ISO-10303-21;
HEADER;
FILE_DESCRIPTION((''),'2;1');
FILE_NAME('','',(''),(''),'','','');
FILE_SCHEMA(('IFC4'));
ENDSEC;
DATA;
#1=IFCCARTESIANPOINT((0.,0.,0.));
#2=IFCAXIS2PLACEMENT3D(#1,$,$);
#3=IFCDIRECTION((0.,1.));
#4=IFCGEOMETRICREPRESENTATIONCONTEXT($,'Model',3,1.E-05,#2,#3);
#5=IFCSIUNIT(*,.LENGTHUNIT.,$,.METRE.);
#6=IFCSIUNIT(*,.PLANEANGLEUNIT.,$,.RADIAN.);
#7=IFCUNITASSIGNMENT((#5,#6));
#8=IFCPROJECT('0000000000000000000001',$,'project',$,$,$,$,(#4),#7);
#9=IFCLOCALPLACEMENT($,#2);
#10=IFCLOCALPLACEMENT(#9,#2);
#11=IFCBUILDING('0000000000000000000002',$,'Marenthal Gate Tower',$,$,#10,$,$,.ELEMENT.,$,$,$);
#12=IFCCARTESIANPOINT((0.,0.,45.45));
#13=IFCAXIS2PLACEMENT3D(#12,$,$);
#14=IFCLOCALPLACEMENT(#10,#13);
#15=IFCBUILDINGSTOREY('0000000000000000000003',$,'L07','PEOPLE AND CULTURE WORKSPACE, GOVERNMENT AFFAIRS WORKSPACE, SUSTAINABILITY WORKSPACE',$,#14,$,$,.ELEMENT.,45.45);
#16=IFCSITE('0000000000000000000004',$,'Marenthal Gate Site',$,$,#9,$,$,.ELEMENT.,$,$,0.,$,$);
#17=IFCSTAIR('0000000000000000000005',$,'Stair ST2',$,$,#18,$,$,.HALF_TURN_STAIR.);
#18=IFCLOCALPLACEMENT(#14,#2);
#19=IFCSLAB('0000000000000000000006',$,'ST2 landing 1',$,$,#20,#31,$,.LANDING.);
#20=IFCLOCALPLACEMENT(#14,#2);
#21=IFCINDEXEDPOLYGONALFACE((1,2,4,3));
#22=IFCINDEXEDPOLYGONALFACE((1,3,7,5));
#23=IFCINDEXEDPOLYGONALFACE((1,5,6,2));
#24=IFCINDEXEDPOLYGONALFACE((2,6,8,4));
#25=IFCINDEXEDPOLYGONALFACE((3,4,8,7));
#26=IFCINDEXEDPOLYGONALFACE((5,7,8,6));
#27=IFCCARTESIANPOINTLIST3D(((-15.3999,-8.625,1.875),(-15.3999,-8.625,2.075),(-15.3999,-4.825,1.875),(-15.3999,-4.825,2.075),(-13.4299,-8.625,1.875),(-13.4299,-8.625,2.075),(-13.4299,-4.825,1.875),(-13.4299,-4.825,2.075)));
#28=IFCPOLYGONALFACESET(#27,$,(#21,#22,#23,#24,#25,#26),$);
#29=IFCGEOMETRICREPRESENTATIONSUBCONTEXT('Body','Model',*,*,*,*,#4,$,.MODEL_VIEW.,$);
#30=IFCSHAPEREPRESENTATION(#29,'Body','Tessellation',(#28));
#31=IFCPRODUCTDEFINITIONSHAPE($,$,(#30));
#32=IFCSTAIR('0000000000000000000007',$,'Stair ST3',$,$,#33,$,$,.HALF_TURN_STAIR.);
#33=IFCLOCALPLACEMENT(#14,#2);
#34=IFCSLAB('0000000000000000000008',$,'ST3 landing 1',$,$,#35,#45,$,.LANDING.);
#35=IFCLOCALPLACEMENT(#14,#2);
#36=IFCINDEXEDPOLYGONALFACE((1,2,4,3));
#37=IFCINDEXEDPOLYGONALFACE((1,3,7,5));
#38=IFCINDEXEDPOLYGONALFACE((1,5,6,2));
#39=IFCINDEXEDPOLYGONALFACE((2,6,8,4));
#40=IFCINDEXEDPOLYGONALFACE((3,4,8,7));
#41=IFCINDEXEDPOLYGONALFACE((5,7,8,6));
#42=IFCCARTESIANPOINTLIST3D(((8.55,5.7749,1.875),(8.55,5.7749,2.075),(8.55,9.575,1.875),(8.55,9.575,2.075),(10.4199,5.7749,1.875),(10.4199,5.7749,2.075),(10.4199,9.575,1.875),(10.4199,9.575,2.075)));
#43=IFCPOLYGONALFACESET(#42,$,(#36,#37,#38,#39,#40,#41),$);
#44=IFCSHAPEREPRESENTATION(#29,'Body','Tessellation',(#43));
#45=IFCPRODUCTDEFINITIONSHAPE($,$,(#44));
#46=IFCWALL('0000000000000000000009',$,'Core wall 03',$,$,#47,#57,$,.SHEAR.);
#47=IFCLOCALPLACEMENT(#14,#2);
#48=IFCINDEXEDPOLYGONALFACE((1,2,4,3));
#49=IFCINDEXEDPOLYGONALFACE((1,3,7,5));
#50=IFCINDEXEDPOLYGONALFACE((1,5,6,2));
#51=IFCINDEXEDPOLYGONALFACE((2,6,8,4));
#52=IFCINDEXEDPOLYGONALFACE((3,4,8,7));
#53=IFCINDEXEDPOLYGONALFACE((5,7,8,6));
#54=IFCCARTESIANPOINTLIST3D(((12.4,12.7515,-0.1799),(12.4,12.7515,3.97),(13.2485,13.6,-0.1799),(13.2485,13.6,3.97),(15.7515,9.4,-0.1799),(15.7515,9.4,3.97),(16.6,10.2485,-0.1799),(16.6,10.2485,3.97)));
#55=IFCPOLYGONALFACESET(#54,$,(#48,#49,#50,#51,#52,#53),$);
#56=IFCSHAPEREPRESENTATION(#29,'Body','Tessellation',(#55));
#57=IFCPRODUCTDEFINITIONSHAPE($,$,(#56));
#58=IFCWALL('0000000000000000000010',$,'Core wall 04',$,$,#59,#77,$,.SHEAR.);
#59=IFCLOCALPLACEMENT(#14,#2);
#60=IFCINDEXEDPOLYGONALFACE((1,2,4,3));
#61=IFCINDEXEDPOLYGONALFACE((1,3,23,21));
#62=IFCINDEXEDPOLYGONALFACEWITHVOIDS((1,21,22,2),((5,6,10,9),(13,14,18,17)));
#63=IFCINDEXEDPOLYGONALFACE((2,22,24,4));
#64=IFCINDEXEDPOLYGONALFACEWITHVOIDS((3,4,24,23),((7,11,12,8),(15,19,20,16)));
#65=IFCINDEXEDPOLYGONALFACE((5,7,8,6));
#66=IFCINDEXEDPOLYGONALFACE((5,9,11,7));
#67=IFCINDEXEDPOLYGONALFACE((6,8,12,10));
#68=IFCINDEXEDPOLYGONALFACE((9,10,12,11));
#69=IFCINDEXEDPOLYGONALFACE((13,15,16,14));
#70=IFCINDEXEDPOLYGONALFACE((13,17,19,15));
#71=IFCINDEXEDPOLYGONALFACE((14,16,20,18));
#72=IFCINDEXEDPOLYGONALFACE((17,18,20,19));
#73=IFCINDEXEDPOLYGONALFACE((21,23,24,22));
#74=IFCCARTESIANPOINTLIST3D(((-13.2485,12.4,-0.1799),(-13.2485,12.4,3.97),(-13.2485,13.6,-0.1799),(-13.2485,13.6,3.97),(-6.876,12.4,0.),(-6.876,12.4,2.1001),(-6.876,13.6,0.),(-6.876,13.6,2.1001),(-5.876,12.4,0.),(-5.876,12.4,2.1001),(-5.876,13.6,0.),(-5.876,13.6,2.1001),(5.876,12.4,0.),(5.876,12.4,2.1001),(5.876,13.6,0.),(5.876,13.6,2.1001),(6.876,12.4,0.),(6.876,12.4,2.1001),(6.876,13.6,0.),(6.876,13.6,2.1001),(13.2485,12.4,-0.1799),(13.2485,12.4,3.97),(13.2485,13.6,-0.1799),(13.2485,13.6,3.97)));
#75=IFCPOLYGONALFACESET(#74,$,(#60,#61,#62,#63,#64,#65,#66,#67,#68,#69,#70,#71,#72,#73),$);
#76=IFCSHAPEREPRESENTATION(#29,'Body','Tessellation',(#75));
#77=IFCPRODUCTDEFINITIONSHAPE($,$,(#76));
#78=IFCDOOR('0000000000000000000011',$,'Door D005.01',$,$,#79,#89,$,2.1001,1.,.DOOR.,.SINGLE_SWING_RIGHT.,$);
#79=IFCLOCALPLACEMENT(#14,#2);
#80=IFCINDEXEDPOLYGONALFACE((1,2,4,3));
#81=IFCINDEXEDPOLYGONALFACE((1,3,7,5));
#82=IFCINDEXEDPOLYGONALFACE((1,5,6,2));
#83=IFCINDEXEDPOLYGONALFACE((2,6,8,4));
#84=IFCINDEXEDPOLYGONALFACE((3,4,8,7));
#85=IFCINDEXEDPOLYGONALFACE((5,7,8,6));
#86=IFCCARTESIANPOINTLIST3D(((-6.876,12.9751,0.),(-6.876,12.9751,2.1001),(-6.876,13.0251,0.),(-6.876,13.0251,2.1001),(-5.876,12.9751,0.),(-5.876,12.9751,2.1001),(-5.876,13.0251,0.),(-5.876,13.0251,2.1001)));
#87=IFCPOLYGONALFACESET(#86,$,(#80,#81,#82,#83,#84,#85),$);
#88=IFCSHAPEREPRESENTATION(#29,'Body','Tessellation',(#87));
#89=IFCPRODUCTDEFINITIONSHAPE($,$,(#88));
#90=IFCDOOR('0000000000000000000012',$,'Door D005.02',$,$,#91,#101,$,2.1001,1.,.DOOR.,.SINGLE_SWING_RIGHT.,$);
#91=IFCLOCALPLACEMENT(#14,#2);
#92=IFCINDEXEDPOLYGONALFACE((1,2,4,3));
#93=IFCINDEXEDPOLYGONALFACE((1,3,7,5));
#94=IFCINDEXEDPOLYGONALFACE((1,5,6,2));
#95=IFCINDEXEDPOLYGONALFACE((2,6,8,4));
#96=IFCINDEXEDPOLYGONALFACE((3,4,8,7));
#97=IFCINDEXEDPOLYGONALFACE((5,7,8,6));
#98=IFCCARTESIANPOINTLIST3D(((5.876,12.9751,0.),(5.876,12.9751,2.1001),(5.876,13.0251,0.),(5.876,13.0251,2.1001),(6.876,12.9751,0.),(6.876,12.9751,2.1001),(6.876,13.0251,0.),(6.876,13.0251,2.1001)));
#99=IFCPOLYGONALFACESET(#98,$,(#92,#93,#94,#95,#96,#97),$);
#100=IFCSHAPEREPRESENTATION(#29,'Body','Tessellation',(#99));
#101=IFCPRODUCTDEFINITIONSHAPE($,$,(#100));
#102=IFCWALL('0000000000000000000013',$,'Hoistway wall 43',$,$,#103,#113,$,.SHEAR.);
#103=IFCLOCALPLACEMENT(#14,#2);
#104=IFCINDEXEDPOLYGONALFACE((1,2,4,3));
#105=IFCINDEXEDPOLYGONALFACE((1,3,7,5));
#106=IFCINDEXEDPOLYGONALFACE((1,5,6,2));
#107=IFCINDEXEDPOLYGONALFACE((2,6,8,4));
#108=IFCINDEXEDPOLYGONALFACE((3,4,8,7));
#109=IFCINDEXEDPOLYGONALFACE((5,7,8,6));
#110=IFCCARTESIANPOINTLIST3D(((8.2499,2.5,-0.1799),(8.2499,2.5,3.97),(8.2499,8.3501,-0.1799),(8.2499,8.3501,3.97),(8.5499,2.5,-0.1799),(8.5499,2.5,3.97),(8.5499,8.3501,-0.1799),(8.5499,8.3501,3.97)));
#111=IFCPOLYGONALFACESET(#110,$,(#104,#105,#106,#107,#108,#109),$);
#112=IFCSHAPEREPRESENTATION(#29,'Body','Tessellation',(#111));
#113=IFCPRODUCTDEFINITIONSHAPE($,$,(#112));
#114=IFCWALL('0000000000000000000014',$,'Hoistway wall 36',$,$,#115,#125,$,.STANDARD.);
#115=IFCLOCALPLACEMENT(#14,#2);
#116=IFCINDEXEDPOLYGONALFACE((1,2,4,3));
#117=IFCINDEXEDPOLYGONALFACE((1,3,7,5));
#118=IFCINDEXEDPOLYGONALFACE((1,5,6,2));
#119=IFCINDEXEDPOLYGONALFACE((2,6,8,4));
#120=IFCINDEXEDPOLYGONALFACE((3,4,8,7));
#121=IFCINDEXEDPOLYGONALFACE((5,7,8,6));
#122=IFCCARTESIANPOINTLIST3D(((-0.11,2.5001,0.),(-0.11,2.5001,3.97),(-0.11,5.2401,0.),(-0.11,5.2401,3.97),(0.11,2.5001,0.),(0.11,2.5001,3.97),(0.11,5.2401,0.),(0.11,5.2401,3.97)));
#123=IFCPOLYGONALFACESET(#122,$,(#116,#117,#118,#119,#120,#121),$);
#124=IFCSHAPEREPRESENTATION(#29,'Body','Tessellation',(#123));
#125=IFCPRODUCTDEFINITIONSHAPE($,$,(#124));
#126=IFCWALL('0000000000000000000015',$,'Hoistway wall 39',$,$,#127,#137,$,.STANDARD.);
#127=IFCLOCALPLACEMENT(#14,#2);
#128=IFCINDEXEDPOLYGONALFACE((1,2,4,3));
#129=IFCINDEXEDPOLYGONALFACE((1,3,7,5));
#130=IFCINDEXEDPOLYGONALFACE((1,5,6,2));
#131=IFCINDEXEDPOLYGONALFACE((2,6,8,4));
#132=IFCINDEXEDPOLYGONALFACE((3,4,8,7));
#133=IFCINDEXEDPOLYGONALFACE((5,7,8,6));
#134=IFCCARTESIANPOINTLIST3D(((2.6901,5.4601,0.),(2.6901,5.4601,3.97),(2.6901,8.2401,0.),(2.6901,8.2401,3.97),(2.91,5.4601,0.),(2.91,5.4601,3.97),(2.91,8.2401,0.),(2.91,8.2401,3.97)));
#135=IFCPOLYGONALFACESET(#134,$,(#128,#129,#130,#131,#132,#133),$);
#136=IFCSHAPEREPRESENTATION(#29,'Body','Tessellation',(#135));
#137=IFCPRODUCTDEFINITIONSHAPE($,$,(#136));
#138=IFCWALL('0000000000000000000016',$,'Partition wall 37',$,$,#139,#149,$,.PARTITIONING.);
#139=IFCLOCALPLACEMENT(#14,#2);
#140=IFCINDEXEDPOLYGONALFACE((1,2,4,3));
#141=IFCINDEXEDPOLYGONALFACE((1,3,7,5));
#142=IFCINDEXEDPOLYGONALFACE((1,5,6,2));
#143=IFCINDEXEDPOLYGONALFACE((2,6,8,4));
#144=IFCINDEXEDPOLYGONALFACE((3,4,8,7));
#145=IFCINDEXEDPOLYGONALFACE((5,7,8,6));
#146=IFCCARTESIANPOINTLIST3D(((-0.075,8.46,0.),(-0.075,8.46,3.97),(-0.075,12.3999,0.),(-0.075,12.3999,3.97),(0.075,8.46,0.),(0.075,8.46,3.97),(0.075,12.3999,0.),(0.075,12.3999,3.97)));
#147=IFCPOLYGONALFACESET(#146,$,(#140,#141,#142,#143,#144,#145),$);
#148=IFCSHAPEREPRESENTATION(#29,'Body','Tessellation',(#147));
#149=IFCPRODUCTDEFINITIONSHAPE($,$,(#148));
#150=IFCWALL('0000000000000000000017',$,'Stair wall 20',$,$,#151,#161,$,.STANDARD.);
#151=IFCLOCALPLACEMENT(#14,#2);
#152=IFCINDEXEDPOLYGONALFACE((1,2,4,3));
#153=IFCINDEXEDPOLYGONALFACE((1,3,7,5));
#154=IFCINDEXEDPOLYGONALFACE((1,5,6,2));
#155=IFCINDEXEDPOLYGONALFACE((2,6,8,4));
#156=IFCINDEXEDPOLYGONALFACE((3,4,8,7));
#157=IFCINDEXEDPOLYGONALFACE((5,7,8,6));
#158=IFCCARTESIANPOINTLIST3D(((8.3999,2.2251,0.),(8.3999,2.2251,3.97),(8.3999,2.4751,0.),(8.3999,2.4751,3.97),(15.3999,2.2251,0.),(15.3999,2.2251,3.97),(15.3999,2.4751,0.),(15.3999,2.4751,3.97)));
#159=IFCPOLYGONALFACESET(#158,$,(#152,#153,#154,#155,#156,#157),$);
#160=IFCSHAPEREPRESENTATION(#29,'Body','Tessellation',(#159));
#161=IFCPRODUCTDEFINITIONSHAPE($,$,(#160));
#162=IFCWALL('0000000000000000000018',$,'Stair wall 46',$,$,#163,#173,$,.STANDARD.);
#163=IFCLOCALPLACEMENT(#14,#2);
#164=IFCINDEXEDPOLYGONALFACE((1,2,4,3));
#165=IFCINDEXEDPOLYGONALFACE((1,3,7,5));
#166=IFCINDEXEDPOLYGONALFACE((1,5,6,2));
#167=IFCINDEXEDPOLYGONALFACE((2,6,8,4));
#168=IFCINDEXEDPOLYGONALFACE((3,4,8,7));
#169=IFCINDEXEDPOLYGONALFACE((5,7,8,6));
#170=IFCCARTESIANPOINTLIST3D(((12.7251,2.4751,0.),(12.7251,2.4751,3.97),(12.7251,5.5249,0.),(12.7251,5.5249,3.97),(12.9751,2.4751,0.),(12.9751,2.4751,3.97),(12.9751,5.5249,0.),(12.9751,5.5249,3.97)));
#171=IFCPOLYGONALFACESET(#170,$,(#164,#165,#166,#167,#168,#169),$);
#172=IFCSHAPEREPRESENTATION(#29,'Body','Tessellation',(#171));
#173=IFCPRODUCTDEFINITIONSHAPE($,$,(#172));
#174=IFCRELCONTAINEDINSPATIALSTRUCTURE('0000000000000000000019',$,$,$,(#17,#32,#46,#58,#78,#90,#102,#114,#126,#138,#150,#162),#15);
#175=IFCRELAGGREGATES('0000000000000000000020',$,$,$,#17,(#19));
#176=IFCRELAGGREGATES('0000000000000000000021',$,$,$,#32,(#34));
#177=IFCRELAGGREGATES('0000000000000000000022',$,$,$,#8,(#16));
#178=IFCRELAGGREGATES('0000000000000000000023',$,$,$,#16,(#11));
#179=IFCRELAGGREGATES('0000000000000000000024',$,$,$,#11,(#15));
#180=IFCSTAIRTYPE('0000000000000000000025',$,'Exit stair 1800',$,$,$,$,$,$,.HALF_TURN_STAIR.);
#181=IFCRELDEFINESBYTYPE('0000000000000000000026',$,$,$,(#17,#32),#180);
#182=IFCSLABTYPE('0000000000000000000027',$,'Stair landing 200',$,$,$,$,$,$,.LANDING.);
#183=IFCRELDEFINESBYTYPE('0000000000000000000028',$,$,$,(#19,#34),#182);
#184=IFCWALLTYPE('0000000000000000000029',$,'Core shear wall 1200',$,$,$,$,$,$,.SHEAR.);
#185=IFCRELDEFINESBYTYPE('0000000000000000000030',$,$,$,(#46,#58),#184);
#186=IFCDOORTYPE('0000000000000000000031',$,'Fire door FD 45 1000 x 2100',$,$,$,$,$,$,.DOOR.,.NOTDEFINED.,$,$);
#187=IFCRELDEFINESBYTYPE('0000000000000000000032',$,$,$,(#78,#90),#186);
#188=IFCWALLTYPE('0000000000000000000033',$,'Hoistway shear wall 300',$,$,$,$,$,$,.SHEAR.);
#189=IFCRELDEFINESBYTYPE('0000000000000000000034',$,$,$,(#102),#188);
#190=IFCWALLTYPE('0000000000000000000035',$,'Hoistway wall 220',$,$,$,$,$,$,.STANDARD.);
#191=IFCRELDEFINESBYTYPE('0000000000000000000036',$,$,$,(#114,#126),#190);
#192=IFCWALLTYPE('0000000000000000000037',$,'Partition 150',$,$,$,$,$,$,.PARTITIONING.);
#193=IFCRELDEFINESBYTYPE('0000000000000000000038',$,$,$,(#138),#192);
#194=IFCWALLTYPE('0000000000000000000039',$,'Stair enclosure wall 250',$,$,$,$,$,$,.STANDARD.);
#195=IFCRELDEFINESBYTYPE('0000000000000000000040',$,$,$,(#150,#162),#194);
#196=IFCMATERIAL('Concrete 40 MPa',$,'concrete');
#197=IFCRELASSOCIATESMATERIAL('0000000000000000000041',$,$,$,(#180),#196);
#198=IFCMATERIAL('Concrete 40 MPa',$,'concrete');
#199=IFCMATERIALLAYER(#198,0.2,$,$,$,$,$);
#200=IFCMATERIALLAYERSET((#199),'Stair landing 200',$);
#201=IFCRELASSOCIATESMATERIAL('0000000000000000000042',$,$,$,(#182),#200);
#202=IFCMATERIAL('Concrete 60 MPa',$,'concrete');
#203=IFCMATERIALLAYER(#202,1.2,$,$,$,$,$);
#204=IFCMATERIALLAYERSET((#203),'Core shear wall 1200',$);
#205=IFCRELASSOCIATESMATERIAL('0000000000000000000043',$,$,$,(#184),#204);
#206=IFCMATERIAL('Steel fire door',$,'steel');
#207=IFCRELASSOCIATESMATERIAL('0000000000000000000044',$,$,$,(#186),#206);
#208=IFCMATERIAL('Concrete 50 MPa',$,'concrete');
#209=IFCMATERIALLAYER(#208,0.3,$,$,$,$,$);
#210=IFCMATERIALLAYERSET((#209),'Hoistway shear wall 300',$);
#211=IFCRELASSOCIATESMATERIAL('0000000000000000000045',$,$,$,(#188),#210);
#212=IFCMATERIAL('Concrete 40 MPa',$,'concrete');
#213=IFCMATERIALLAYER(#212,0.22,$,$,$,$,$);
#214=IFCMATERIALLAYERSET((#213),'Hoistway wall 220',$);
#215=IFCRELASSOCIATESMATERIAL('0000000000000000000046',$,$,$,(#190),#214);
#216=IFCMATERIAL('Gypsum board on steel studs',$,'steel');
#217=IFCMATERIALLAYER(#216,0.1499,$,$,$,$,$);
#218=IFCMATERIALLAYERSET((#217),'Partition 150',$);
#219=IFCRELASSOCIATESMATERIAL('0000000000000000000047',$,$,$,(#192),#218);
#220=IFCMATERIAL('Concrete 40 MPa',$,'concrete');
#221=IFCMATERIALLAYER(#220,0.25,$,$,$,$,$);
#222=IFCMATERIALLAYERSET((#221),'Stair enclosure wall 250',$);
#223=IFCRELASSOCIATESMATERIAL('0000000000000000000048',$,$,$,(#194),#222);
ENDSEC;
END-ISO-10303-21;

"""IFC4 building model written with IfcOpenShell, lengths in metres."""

from ifc_helpers import new_model, si_unit, direction, frame, frame_2d, origin, place, context, subcontext, project, spatial, polyline, rectangle, outline, extrude, material, layer, layer_set, type_object, element, fill, aggregate, save


model = new_model("IFC4")

# Units and contexts
model_context = context("Model", 3, precision=1e-05, world=origin(), true_north=direction((0.0, 1.0)))
body_context = subcontext(model_context, "Body", "Model", "MODEL_VIEW")
ifc_project = project(units=[si_unit("LENGTHUNIT", "METRE"), si_unit("PLANEANGLEUNIT", "RADIAN")], contexts=[model_context])

# Site, building, storey
site_placement = place(None, origin())
site = spatial("IfcSite", under=ifc_project, at=site_placement, Name="Marenthal Gate Site", CompositionType="ELEMENT", RefElevation=0.0)
building_placement = place(site_placement, origin())
building = spatial("IfcBuilding", under=site, at=building_placement, Name="Marenthal Gate Tower", CompositionType="ELEMENT")
storey_placement = place(building_placement, frame((0.0, 0.0, 45.45)))
storey = spatial("IfcBuildingStorey", under=building, at=storey_placement, Name="L07", Description="PEOPLE AND CULTURE WORKSPACE, GOVERNMENT AFFAIRS WORKSPACE, SUSTAINABILITY WORKSPACE", CompositionType="ELEMENT", Elevation=45.45)

# Stairs, slabs
ifc_material_1 = material(Name="Concrete 40 MPa", Category="concrete")
stair_type = type_object("IfcStairType", Name="Exit stair 1800", PredefinedType="HALF_TURN_STAIR", material=ifc_material_1)
ifc_material_2 = material(Name="Concrete 40 MPa", Category="concrete")
ifc_layer_1 = layer(ifc_material_2, 0.2)
ifc_layer_set_1 = layer_set([ifc_layer_1], Name="Stair landing 200")
slab_type_1 = type_object("IfcSlabType", Name="Stair landing 200", PredefinedType="LANDING", material=ifc_layer_set_1)
stair_1_placement = place(storey_placement, origin())
stair_1 = element("IfcStair", 1, at=stair_1_placement, inside=storey, type_object=stair_type, Name="Stair ST2", PredefinedType="HALF_TURN_STAIR")
slab_1_placement = place(storey_placement, frame((0.0, 0.0, 1.875)))
slab_1 = element("IfcSlab", 2, at=slab_1_placement, type_object=slab_type_1, Name="ST2 landing 1", PredefinedType="LANDING", context=body_context, shape_type="SweptSolid", body=[
    extrude(outline(polyline([(-15.3999, -8.625), (-13.4299, -8.625), (-13.4299, -4.825), (-15.3999, -4.825), (-15.3999, -8.625)])), origin(), (0.0, 0.0, 1.0), 0.2),
])
aggregate(stair_1, [slab_1])
stair_2_placement = place(storey_placement, origin())
stair_2 = element("IfcStair", 3, at=stair_2_placement, inside=storey, type_object=stair_type, Name="Stair ST3", PredefinedType="HALF_TURN_STAIR")
slab_2_placement = place(storey_placement, frame((0.0, 0.0, 1.875)))
slab_2 = element("IfcSlab", 4, at=slab_2_placement, type_object=slab_type_1, Name="ST3 landing 1", PredefinedType="LANDING", context=body_context, shape_type="SweptSolid", body=[
    extrude(outline(polyline([(8.55, 5.7749), (10.4199, 5.7749), (10.4199, 9.575), (8.55, 9.575), (8.55, 5.7749)])), origin(), (0.0, 0.0, 1.0), 0.2),
])

# Wall
ifc_material_3 = material(Name="Concrete 60 MPa", Category="concrete")
ifc_layer_2 = layer(ifc_material_3, 1.2)
ifc_layer_set_2 = layer_set([ifc_layer_2], Name="Core shear wall 1200")
wall_type_1 = type_object("IfcWallType", Name="Core shear wall 1200", PredefinedType="SHEAR", material=ifc_layer_set_2)
wall_1_placement = place(storey_placement, frame((16.1758, 9.8242, -0.1799), z_axis=(0.0, 0.0, 1.0), x_axis=(-0.707107, 0.707107, 0.0)))
element("IfcWall", 5, at=wall_1_placement, inside=storey, type_object=wall_type_1, Name="Core wall 03", PredefinedType="SHEAR", context=body_context, shape_type="SweptSolid", body=[
    extrude(rectangle(XDim=4.7397, YDim=1.2, at=frame_2d((2.3699, 0.0))), origin(), (0.0, 0.0, 1.0), 4.1499),
])

# Wall, openings, doors
wall_2_placement = place(storey_placement, frame((13.2485, 13.0, -0.1799), z_axis=(0.0, 0.0, 1.0), x_axis=(-1.0, 0.0, 0.0)))
wall_2 = element("IfcWall", 6, at=wall_2_placement, inside=storey, type_object=wall_type_1, Name="Core wall 04", PredefinedType="SHEAR", context=body_context, shape_type="SweptSolid", body=[
    extrude(rectangle(XDim=26.4971, YDim=1.2, at=frame_2d((13.2485, 0.0))), origin(), (0.0, 0.0, 1.0), 4.1499),
])
opening_1_placement = place(wall_2_placement, frame((19.1245, 0.0, 0.1799)))
opening_1 = element("IfcOpeningElement", 7, at=opening_1_placement, cuts=wall_2, PredefinedType="OPENING", context=body_context, shape_type="SweptSolid", body=[
    extrude(rectangle(XDim=1.0, YDim=2.1001, at=frame_2d((0.5, 1.05))), frame((0.0, 0.6099, 0.0), z_axis=(0.0, -1.0, 0.0), x_axis=(1.0, 0.0, 0.0)), (0.0, 0.0, 1.0), 1.22),
])
opening_2_placement = place(wall_2_placement, frame((6.3726, 0.0, 0.1799)))
opening_2 = element("IfcOpeningElement", 8, at=opening_2_placement, cuts=wall_2, PredefinedType="OPENING", context=body_context, shape_type="SweptSolid", body=[
    extrude(rectangle(XDim=1.0, YDim=2.1001, at=frame_2d((0.5, 1.05))), frame((0.0, 0.6099, 0.0), z_axis=(0.0, -1.0, 0.0), x_axis=(1.0, 0.0, 0.0)), (0.0, 0.0, 1.0), 1.22),
])
ifc_material_4 = material(Name="Steel fire door", Category="steel")
door_type_1 = type_object("IfcDoorType", Name="Fire door FD 45 1000 x 2100", OperationType="NOTDEFINED", PredefinedType="DOOR", material=ifc_material_4)
door_1_placement = place(opening_1_placement, origin())
door_1 = element("IfcDoor", 9, at=door_1_placement, inside=storey, type_object=door_type_1, Name="Door D005.01", OperationType="SINGLE_SWING_RIGHT", OverallHeight=2.1001, OverallWidth=1.0, PredefinedType="DOOR", context=body_context, shape_type="SweptSolid", body=[
    extrude(rectangle(XDim=1.0, YDim=2.1001, at=frame_2d((0.5, 1.05))), frame((0.0, 0.0249, 0.0), z_axis=(0.0, -1.0, 0.0), x_axis=(1.0, 0.0, 0.0)), (0.0, 0.0, 1.0), 0.05),
])
fill(opening_1, door_1)
door_2_placement = place(opening_2_placement, origin())
door_2 = element("IfcDoor", 10, at=door_2_placement, inside=storey, type_object=door_type_1, Name="Door D005.02", OperationType="SINGLE_SWING_RIGHT", OverallHeight=2.1001, OverallWidth=1.0, PredefinedType="DOOR", context=body_context, shape_type="SweptSolid", body=[
    extrude(rectangle(XDim=1.0, YDim=2.1001, at=frame_2d((0.5, 1.05))), frame((0.0, 0.0249, 0.0), z_axis=(0.0, -1.0, 0.0), x_axis=(1.0, 0.0, 0.0)), (0.0, 0.0, 1.0), 0.05),
])
fill(opening_2, door_2)

# Walls
ifc_material_5 = material(Name="Concrete 50 MPa", Category="concrete")
ifc_layer_3 = layer(ifc_material_5, 0.3)
ifc_layer_set_3 = layer_set([ifc_layer_3], Name="Hoistway shear wall 300")
wall_type_2 = type_object("IfcWallType", Name="Hoistway shear wall 300", PredefinedType="SHEAR", material=ifc_layer_set_3)
wall_3_placement = place(storey_placement, frame((8.3999, 2.5, -0.1799), z_axis=(0.0, 0.0, 1.0), x_axis=(0.0, 1.0, 0.0)))
element("IfcWall", 11, at=wall_3_placement, inside=storey, type_object=wall_type_2, Name="Hoistway wall 43", PredefinedType="SHEAR", context=body_context, shape_type="SweptSolid", body=[
    extrude(rectangle(XDim=5.8501, YDim=0.3, at=frame_2d((2.925, 0.0))), origin(), (0.0, 0.0, 1.0), 4.1499),
])
ifc_material_6 = material(Name="Concrete 40 MPa", Category="concrete")
ifc_layer_4 = layer(ifc_material_6, 0.22)
ifc_layer_set_4 = layer_set([ifc_layer_4], Name="Hoistway wall 220")
wall_type_3 = type_object("IfcWallType", Name="Hoistway wall 220", PredefinedType="STANDARD", material=ifc_layer_set_4)
wall_4_placement = place(storey_placement, frame((0.0, 2.5, 0.0), z_axis=(0.0, 0.0, 1.0), x_axis=(0.0, 1.0, 0.0)))
element("IfcWall", 12, at=wall_4_placement, inside=storey, type_object=wall_type_3, Name="Hoistway wall 36", PredefinedType="STANDARD", context=body_context, shape_type="SweptSolid", body=[
    extrude(rectangle(XDim=2.74, YDim=0.22, at=frame_2d((1.3701, 0.0))), origin(), (0.0, 0.0, 1.0), 3.97),
])
wall_5_placement = place(storey_placement, frame((2.8, 5.46, 0.0), z_axis=(0.0, 0.0, 1.0), x_axis=(0.0, 1.0, 0.0)))
element("IfcWall", 13, at=wall_5_placement, inside=storey, type_object=wall_type_3, Name="Hoistway wall 39", PredefinedType="STANDARD", context=body_context, shape_type="SweptSolid", body=[
    extrude(rectangle(XDim=2.78, YDim=0.22, at=frame_2d((1.3901, 0.0))), origin(), (0.0, 0.0, 1.0), 3.97),
])
ifc_material_7 = material(Name="Gypsum board on steel studs", Category="steel")
ifc_layer_5 = layer(ifc_material_7, 0.1499)
ifc_layer_set_5 = layer_set([ifc_layer_5], Name="Partition 150")
wall_type_4 = type_object("IfcWallType", Name="Partition 150", PredefinedType="PARTITIONING", material=ifc_layer_set_5)
wall_6_placement = place(storey_placement, frame((0.0, 8.46, 0.0), z_axis=(0.0, 0.0, 1.0), x_axis=(0.0, 1.0, 0.0)))
element("IfcWall", 14, at=wall_6_placement, inside=storey, type_object=wall_type_4, Name="Partition wall 37", PredefinedType="PARTITIONING", context=body_context, shape_type="SweptSolid", body=[
    extrude(rectangle(XDim=3.9399, YDim=0.1499, at=frame_2d((1.97, 0.0))), origin(), (0.0, 0.0, 1.0), 3.97),
])
ifc_material_8 = material(Name="Concrete 40 MPa", Category="concrete")
ifc_layer_6 = layer(ifc_material_8, 0.25)
ifc_layer_set_6 = layer_set([ifc_layer_6], Name="Stair enclosure wall 250")
wall_type_5 = type_object("IfcWallType", Name="Stair enclosure wall 250", PredefinedType="STANDARD", material=ifc_layer_set_6)
wall_7_placement = place(storey_placement, frame((8.3999, 2.3501, 0.0), z_axis=(0.0, 0.0, 1.0), x_axis=(1.0, 0.0, 0.0)))
element("IfcWall", 15, at=wall_7_placement, inside=storey, type_object=wall_type_5, Name="Stair wall 20", PredefinedType="STANDARD", context=body_context, shape_type="SweptSolid", body=[
    extrude(rectangle(XDim=7.0, YDim=0.25, at=frame_2d((3.5, 0.0))), origin(), (0.0, 0.0, 1.0), 3.97),
])
wall_8_placement = place(storey_placement, frame((12.8501, 2.4751, 0.0), z_axis=(0.0, 0.0, 1.0), x_axis=(0.0, 1.0, 0.0)))
element("IfcWall", 16, at=wall_8_placement, inside=storey, type_object=wall_type_5, Name="Stair wall 46", PredefinedType="STANDARD", context=body_context, shape_type="SweptSolid", body=[
    extrude(rectangle(XDim=3.0498, YDim=0.25, at=frame_2d((1.5249, 0.0))), origin(), (0.0, 0.0, 1.0), 3.97),
])

aggregate(stair_2, [slab_2])

save(model, "model.ifc")
